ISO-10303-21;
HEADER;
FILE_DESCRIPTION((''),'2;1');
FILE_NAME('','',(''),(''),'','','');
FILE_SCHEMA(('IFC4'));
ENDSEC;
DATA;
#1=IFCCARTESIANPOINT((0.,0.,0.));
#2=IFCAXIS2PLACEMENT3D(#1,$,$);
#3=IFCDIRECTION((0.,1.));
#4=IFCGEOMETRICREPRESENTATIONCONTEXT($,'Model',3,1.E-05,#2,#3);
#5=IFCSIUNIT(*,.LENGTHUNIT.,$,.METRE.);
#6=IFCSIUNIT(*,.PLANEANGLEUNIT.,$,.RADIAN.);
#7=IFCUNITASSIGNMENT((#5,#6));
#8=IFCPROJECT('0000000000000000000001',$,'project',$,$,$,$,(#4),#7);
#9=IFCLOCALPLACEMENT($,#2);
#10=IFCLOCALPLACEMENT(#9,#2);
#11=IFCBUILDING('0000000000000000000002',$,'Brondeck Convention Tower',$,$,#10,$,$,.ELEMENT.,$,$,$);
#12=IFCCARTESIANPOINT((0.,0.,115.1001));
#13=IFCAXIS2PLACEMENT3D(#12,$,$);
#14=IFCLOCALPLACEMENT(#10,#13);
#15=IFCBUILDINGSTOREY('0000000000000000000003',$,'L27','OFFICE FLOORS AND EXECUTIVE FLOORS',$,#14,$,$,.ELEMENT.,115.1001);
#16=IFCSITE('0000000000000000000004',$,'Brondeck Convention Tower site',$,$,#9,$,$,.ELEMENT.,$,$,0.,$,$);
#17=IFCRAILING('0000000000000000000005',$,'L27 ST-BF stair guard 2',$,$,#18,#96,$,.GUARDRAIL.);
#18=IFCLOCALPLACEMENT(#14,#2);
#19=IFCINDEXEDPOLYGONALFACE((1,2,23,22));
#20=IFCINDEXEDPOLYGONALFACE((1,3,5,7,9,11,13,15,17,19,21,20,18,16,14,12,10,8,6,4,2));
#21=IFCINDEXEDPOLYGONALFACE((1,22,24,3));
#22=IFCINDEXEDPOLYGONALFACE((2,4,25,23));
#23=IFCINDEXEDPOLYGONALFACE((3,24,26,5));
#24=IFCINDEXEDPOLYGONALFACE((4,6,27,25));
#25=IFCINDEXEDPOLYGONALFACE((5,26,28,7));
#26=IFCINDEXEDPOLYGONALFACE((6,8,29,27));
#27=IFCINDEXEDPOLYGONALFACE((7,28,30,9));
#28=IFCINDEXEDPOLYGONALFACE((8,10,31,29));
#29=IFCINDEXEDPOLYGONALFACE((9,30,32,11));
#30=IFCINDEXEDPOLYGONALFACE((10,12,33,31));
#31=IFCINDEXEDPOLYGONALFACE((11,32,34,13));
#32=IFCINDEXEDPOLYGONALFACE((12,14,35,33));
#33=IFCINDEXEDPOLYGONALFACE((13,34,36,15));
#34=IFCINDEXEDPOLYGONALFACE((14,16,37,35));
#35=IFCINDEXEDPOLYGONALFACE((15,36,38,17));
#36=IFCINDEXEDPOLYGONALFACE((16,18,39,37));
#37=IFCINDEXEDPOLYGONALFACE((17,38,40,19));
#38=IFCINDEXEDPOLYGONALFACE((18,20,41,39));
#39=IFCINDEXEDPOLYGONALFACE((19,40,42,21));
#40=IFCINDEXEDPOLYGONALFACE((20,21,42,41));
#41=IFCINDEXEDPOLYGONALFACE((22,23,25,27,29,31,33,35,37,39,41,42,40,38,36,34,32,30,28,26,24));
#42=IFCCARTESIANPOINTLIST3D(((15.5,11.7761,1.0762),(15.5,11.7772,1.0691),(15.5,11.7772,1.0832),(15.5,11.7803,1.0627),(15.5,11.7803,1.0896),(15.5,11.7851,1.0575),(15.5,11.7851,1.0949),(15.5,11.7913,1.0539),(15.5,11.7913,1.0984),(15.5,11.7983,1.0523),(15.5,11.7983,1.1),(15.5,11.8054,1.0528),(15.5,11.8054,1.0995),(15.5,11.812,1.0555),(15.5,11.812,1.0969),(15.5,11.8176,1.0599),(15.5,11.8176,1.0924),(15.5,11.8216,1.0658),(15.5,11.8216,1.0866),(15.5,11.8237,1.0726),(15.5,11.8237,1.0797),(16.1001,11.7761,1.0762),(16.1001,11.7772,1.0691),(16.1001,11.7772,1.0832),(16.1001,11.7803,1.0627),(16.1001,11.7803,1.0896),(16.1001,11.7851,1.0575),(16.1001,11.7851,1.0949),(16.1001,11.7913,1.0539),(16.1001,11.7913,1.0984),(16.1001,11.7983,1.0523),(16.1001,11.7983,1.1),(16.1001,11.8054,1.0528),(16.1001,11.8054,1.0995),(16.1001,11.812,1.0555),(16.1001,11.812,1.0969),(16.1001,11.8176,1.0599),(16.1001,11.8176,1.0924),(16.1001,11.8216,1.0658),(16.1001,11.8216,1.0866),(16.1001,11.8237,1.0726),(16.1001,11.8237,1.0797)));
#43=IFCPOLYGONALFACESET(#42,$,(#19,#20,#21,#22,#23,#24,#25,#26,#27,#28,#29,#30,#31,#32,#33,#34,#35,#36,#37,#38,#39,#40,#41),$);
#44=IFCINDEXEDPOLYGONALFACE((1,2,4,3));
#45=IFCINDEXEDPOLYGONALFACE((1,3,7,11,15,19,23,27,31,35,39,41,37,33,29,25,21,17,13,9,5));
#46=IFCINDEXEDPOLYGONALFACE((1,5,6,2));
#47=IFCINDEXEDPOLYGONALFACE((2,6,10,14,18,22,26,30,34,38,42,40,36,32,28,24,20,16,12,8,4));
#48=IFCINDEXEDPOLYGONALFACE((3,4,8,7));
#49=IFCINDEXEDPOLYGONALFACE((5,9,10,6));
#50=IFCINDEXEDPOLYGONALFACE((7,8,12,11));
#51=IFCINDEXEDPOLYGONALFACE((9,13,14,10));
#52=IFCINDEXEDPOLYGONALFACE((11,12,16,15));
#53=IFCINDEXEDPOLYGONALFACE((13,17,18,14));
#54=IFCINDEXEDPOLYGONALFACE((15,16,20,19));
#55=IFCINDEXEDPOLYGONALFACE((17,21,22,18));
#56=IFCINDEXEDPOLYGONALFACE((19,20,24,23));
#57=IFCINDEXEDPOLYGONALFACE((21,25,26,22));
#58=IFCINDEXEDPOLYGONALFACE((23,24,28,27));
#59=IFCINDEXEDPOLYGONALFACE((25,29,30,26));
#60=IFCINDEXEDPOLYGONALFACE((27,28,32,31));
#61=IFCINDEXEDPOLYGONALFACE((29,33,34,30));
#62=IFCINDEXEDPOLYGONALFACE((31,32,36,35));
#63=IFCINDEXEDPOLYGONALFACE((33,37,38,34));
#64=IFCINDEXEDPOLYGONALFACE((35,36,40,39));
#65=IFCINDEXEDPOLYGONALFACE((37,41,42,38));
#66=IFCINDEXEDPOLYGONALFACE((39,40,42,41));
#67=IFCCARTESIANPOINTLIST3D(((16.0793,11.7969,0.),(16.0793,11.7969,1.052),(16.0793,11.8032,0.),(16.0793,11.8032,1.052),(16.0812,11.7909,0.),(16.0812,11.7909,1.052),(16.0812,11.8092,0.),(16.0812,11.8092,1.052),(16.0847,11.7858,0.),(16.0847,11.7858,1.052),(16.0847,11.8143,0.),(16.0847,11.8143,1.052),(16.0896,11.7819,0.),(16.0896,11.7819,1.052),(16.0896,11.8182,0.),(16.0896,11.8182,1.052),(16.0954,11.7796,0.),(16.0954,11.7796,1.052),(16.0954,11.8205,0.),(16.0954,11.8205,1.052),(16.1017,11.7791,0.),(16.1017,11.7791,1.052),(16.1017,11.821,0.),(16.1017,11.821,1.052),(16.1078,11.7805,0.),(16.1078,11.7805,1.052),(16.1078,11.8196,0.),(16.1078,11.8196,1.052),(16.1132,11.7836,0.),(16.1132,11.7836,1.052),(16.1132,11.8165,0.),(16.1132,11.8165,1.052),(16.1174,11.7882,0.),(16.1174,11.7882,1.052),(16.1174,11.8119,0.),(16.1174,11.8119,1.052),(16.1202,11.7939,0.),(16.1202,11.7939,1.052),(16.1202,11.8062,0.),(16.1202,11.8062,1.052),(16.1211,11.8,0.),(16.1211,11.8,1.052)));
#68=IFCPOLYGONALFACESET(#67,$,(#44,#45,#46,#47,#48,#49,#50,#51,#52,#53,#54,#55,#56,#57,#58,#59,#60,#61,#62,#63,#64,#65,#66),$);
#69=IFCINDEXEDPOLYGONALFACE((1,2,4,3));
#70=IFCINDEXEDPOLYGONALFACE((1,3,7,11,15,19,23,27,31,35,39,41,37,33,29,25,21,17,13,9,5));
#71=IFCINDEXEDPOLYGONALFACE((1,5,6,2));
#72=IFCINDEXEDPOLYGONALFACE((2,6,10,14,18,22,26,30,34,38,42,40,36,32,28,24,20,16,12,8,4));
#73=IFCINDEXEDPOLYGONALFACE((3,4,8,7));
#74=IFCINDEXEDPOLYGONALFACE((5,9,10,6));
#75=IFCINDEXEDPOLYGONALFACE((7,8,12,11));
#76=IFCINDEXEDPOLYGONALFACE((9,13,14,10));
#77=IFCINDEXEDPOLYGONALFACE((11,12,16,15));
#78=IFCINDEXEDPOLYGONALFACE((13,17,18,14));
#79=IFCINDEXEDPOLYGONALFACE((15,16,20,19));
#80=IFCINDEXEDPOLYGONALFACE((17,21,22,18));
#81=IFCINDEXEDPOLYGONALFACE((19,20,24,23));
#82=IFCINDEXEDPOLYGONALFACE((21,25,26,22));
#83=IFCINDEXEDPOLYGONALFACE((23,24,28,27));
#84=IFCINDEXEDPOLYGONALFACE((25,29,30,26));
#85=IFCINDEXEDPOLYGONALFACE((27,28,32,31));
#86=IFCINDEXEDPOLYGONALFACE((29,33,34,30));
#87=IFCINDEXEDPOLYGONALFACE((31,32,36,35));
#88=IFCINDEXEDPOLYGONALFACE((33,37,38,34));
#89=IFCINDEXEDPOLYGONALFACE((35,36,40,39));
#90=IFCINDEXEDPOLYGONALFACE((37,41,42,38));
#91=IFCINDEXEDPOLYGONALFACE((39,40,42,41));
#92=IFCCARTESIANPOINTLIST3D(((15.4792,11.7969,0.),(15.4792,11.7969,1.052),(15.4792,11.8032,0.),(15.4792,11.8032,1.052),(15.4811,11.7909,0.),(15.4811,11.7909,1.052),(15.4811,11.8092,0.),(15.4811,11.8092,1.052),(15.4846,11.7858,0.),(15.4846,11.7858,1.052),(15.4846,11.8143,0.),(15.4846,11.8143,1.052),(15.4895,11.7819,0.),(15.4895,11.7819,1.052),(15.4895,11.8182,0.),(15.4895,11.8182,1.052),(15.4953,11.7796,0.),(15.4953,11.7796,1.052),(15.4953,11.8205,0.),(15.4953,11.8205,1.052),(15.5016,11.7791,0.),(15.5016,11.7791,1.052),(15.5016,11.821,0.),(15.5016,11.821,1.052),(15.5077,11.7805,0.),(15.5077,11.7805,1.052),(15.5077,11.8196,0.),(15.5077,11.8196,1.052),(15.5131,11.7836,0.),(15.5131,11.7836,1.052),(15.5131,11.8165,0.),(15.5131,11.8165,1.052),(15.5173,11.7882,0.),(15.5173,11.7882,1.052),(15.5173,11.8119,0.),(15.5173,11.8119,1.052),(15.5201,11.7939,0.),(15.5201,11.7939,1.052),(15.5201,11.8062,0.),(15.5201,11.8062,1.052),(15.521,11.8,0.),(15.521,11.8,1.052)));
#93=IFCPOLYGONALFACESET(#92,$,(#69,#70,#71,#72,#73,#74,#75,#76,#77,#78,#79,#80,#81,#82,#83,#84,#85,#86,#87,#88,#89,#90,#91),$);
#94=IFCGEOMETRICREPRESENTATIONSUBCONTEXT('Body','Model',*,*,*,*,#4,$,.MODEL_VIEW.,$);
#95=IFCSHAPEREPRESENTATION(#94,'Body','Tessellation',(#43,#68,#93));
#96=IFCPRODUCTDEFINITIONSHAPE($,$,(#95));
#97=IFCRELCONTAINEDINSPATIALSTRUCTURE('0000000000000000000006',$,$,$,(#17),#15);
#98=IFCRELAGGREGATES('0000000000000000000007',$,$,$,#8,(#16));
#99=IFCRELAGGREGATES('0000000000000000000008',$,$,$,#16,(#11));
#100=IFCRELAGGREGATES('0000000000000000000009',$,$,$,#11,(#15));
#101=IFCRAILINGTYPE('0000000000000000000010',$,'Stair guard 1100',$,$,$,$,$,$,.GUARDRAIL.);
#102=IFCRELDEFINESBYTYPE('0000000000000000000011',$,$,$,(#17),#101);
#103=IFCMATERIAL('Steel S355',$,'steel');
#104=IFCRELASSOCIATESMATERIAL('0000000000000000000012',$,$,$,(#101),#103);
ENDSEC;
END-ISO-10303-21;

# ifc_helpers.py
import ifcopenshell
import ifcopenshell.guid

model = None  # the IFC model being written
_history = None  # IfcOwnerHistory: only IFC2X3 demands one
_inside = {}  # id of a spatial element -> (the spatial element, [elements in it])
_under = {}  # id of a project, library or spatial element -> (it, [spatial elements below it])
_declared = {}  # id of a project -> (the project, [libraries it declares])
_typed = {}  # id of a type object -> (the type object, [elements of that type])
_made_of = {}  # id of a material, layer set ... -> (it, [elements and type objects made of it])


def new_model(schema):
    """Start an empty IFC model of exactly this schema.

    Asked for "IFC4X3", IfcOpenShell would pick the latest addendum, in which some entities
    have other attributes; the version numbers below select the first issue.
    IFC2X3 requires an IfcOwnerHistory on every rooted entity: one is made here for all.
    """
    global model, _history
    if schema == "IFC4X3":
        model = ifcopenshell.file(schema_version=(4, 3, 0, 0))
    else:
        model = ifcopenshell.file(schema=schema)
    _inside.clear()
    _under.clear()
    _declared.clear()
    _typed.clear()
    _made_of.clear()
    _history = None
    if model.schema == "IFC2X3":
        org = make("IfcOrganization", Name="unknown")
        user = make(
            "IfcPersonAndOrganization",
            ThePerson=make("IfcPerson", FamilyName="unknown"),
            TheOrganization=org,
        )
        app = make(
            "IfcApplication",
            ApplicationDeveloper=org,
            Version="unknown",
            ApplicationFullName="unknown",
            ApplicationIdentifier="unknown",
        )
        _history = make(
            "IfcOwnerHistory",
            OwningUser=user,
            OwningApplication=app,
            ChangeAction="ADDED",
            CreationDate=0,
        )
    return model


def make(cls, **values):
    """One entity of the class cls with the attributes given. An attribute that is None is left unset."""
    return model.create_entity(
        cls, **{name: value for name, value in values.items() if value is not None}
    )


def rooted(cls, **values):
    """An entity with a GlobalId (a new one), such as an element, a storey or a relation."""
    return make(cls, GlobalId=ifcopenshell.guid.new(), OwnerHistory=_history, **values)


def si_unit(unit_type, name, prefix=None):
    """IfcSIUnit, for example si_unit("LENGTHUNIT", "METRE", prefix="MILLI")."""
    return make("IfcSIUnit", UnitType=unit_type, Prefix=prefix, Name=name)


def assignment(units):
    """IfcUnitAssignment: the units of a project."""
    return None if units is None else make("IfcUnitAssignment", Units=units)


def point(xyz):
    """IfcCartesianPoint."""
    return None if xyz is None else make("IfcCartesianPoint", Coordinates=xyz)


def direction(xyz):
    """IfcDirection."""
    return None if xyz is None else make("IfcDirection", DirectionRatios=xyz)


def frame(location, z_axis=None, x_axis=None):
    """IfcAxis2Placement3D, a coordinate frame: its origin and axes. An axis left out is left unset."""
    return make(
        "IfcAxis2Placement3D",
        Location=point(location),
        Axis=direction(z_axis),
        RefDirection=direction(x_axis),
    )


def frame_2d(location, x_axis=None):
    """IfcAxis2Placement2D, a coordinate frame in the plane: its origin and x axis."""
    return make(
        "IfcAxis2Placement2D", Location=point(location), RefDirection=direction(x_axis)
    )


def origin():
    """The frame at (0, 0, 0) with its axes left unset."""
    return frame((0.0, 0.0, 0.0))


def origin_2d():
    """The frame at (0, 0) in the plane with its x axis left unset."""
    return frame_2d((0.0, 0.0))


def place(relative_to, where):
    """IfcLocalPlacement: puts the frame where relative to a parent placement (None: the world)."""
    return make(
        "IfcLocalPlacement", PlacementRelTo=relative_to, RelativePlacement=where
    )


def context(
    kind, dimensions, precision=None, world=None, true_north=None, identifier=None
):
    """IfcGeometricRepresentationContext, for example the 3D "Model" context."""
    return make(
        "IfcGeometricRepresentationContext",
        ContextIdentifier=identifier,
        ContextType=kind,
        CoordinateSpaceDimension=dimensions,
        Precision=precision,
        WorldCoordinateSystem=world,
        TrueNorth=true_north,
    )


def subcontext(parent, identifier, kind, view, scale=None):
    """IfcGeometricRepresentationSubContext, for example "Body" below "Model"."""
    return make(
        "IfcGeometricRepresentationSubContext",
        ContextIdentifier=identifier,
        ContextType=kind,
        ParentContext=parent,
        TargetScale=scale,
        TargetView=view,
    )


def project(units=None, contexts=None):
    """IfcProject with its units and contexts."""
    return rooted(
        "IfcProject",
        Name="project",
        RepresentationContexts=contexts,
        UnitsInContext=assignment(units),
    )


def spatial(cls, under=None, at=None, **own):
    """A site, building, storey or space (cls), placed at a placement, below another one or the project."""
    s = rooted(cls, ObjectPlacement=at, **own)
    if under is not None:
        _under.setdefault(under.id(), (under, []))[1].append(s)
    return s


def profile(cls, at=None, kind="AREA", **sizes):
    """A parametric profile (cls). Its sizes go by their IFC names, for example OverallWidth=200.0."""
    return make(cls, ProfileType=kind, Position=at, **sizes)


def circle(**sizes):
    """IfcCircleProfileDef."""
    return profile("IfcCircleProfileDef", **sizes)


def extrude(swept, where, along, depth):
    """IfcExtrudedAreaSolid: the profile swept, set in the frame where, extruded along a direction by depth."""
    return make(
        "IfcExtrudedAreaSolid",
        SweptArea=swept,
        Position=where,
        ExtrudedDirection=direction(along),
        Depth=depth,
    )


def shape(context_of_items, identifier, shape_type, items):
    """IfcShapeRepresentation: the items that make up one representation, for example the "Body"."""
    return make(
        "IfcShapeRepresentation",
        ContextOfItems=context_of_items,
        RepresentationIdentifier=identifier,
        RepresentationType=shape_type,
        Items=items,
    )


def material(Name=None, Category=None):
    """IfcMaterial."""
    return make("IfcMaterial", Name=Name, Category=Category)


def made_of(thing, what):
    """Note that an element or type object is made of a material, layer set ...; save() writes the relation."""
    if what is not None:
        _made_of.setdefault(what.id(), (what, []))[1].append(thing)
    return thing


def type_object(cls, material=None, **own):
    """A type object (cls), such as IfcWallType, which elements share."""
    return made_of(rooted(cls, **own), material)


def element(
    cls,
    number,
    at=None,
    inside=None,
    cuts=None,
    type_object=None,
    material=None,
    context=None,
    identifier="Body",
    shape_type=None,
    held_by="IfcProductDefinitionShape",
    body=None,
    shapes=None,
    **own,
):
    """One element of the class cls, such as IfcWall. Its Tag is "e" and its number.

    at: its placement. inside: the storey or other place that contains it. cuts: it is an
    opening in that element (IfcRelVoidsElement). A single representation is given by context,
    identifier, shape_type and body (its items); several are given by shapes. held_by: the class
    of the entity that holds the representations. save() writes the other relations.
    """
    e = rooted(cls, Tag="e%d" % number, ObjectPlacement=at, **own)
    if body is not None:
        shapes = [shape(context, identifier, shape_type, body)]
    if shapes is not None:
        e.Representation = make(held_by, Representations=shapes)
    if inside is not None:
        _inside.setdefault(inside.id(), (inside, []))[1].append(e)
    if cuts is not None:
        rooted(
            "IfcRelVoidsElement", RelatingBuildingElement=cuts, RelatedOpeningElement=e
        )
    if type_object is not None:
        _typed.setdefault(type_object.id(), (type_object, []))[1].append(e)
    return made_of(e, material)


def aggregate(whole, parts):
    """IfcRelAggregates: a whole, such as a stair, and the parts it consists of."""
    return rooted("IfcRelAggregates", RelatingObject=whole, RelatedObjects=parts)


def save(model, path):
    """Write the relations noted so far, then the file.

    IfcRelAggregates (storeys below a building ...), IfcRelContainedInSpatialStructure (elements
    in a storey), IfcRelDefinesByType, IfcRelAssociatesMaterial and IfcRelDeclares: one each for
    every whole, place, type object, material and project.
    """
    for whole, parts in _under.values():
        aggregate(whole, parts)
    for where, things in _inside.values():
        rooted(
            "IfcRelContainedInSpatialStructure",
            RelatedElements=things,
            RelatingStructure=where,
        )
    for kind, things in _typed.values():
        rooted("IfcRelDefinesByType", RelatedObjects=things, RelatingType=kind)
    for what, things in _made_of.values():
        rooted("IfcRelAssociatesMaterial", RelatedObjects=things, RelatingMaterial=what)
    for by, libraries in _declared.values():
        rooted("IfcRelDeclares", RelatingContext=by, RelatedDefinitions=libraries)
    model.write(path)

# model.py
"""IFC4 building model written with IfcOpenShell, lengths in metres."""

from ifc_helpers import new_model, si_unit, direction, frame, origin, origin_2d, place, context, subcontext, project, spatial, circle, extrude, material, type_object, element, save


model = new_model("IFC4")

# Units and contexts
model_context = context("Model", 3, precision=1e-05, world=origin(), true_north=direction((0.0, 1.0)))
body_context = subcontext(model_context, "Body", "Model", "MODEL_VIEW")
ifc_project = project(units=[si_unit("LENGTHUNIT", "METRE"), si_unit("PLANEANGLEUNIT", "RADIAN")], contexts=[model_context])

# Site, building, storey
site_placement = place(None, origin())
site = spatial("IfcSite", under=ifc_project, at=site_placement, Name="Brondeck Convention Tower site", CompositionType="ELEMENT", RefElevation=0.0)
building_placement = place(site_placement, origin())
building = spatial("IfcBuilding", under=site, at=building_placement, Name="Brondeck Convention Tower", CompositionType="ELEMENT")
storey_placement = place(building_placement, frame((0.0, 0.0, 115.1001)))
storey = spatial("IfcBuildingStorey", under=building, at=storey_placement, Name="L27", Description="OFFICE FLOORS AND EXECUTIVE FLOORS", CompositionType="ELEMENT", Elevation=115.1001)

# Shared definitions
ifc_material_1 = material(Name="Steel S355", Category="steel")

# Railing
railing_type_1 = type_object("IfcRailingType", Name="Stair guard 1100", PredefinedType="GUARDRAIL", material=ifc_material_1)
railing_1_placement = place(storey_placement, frame((16.1001, 11.8, 0.0)))
element("IfcRailing", 1, at=railing_1_placement, inside=storey, type_object=railing_type_1, Name="L27 ST-BF stair guard 2", PredefinedType="GUARDRAIL", context=body_context, shape_type="SweptSolid", body=[
    extrude(circle(Radius=0.0239, at=origin_2d()), frame((0.0, 0.0, 1.0762), z_axis=(-1.0, 0.0, 0.0), x_axis=(0.0, -1.0, 0.0)), (0.0, 0.0, 1.0), 0.6001),
    extrude(circle(Radius=0.021, at=origin_2d()), origin(), (0.0, 0.0, 1.0), 1.052),
    extrude(circle(Radius=0.021, at=origin_2d()), frame((-0.6001, 0.0, 0.0)), (0.0, 0.0, 1.0), 1.052),
])

save(model, "model.ifc")
